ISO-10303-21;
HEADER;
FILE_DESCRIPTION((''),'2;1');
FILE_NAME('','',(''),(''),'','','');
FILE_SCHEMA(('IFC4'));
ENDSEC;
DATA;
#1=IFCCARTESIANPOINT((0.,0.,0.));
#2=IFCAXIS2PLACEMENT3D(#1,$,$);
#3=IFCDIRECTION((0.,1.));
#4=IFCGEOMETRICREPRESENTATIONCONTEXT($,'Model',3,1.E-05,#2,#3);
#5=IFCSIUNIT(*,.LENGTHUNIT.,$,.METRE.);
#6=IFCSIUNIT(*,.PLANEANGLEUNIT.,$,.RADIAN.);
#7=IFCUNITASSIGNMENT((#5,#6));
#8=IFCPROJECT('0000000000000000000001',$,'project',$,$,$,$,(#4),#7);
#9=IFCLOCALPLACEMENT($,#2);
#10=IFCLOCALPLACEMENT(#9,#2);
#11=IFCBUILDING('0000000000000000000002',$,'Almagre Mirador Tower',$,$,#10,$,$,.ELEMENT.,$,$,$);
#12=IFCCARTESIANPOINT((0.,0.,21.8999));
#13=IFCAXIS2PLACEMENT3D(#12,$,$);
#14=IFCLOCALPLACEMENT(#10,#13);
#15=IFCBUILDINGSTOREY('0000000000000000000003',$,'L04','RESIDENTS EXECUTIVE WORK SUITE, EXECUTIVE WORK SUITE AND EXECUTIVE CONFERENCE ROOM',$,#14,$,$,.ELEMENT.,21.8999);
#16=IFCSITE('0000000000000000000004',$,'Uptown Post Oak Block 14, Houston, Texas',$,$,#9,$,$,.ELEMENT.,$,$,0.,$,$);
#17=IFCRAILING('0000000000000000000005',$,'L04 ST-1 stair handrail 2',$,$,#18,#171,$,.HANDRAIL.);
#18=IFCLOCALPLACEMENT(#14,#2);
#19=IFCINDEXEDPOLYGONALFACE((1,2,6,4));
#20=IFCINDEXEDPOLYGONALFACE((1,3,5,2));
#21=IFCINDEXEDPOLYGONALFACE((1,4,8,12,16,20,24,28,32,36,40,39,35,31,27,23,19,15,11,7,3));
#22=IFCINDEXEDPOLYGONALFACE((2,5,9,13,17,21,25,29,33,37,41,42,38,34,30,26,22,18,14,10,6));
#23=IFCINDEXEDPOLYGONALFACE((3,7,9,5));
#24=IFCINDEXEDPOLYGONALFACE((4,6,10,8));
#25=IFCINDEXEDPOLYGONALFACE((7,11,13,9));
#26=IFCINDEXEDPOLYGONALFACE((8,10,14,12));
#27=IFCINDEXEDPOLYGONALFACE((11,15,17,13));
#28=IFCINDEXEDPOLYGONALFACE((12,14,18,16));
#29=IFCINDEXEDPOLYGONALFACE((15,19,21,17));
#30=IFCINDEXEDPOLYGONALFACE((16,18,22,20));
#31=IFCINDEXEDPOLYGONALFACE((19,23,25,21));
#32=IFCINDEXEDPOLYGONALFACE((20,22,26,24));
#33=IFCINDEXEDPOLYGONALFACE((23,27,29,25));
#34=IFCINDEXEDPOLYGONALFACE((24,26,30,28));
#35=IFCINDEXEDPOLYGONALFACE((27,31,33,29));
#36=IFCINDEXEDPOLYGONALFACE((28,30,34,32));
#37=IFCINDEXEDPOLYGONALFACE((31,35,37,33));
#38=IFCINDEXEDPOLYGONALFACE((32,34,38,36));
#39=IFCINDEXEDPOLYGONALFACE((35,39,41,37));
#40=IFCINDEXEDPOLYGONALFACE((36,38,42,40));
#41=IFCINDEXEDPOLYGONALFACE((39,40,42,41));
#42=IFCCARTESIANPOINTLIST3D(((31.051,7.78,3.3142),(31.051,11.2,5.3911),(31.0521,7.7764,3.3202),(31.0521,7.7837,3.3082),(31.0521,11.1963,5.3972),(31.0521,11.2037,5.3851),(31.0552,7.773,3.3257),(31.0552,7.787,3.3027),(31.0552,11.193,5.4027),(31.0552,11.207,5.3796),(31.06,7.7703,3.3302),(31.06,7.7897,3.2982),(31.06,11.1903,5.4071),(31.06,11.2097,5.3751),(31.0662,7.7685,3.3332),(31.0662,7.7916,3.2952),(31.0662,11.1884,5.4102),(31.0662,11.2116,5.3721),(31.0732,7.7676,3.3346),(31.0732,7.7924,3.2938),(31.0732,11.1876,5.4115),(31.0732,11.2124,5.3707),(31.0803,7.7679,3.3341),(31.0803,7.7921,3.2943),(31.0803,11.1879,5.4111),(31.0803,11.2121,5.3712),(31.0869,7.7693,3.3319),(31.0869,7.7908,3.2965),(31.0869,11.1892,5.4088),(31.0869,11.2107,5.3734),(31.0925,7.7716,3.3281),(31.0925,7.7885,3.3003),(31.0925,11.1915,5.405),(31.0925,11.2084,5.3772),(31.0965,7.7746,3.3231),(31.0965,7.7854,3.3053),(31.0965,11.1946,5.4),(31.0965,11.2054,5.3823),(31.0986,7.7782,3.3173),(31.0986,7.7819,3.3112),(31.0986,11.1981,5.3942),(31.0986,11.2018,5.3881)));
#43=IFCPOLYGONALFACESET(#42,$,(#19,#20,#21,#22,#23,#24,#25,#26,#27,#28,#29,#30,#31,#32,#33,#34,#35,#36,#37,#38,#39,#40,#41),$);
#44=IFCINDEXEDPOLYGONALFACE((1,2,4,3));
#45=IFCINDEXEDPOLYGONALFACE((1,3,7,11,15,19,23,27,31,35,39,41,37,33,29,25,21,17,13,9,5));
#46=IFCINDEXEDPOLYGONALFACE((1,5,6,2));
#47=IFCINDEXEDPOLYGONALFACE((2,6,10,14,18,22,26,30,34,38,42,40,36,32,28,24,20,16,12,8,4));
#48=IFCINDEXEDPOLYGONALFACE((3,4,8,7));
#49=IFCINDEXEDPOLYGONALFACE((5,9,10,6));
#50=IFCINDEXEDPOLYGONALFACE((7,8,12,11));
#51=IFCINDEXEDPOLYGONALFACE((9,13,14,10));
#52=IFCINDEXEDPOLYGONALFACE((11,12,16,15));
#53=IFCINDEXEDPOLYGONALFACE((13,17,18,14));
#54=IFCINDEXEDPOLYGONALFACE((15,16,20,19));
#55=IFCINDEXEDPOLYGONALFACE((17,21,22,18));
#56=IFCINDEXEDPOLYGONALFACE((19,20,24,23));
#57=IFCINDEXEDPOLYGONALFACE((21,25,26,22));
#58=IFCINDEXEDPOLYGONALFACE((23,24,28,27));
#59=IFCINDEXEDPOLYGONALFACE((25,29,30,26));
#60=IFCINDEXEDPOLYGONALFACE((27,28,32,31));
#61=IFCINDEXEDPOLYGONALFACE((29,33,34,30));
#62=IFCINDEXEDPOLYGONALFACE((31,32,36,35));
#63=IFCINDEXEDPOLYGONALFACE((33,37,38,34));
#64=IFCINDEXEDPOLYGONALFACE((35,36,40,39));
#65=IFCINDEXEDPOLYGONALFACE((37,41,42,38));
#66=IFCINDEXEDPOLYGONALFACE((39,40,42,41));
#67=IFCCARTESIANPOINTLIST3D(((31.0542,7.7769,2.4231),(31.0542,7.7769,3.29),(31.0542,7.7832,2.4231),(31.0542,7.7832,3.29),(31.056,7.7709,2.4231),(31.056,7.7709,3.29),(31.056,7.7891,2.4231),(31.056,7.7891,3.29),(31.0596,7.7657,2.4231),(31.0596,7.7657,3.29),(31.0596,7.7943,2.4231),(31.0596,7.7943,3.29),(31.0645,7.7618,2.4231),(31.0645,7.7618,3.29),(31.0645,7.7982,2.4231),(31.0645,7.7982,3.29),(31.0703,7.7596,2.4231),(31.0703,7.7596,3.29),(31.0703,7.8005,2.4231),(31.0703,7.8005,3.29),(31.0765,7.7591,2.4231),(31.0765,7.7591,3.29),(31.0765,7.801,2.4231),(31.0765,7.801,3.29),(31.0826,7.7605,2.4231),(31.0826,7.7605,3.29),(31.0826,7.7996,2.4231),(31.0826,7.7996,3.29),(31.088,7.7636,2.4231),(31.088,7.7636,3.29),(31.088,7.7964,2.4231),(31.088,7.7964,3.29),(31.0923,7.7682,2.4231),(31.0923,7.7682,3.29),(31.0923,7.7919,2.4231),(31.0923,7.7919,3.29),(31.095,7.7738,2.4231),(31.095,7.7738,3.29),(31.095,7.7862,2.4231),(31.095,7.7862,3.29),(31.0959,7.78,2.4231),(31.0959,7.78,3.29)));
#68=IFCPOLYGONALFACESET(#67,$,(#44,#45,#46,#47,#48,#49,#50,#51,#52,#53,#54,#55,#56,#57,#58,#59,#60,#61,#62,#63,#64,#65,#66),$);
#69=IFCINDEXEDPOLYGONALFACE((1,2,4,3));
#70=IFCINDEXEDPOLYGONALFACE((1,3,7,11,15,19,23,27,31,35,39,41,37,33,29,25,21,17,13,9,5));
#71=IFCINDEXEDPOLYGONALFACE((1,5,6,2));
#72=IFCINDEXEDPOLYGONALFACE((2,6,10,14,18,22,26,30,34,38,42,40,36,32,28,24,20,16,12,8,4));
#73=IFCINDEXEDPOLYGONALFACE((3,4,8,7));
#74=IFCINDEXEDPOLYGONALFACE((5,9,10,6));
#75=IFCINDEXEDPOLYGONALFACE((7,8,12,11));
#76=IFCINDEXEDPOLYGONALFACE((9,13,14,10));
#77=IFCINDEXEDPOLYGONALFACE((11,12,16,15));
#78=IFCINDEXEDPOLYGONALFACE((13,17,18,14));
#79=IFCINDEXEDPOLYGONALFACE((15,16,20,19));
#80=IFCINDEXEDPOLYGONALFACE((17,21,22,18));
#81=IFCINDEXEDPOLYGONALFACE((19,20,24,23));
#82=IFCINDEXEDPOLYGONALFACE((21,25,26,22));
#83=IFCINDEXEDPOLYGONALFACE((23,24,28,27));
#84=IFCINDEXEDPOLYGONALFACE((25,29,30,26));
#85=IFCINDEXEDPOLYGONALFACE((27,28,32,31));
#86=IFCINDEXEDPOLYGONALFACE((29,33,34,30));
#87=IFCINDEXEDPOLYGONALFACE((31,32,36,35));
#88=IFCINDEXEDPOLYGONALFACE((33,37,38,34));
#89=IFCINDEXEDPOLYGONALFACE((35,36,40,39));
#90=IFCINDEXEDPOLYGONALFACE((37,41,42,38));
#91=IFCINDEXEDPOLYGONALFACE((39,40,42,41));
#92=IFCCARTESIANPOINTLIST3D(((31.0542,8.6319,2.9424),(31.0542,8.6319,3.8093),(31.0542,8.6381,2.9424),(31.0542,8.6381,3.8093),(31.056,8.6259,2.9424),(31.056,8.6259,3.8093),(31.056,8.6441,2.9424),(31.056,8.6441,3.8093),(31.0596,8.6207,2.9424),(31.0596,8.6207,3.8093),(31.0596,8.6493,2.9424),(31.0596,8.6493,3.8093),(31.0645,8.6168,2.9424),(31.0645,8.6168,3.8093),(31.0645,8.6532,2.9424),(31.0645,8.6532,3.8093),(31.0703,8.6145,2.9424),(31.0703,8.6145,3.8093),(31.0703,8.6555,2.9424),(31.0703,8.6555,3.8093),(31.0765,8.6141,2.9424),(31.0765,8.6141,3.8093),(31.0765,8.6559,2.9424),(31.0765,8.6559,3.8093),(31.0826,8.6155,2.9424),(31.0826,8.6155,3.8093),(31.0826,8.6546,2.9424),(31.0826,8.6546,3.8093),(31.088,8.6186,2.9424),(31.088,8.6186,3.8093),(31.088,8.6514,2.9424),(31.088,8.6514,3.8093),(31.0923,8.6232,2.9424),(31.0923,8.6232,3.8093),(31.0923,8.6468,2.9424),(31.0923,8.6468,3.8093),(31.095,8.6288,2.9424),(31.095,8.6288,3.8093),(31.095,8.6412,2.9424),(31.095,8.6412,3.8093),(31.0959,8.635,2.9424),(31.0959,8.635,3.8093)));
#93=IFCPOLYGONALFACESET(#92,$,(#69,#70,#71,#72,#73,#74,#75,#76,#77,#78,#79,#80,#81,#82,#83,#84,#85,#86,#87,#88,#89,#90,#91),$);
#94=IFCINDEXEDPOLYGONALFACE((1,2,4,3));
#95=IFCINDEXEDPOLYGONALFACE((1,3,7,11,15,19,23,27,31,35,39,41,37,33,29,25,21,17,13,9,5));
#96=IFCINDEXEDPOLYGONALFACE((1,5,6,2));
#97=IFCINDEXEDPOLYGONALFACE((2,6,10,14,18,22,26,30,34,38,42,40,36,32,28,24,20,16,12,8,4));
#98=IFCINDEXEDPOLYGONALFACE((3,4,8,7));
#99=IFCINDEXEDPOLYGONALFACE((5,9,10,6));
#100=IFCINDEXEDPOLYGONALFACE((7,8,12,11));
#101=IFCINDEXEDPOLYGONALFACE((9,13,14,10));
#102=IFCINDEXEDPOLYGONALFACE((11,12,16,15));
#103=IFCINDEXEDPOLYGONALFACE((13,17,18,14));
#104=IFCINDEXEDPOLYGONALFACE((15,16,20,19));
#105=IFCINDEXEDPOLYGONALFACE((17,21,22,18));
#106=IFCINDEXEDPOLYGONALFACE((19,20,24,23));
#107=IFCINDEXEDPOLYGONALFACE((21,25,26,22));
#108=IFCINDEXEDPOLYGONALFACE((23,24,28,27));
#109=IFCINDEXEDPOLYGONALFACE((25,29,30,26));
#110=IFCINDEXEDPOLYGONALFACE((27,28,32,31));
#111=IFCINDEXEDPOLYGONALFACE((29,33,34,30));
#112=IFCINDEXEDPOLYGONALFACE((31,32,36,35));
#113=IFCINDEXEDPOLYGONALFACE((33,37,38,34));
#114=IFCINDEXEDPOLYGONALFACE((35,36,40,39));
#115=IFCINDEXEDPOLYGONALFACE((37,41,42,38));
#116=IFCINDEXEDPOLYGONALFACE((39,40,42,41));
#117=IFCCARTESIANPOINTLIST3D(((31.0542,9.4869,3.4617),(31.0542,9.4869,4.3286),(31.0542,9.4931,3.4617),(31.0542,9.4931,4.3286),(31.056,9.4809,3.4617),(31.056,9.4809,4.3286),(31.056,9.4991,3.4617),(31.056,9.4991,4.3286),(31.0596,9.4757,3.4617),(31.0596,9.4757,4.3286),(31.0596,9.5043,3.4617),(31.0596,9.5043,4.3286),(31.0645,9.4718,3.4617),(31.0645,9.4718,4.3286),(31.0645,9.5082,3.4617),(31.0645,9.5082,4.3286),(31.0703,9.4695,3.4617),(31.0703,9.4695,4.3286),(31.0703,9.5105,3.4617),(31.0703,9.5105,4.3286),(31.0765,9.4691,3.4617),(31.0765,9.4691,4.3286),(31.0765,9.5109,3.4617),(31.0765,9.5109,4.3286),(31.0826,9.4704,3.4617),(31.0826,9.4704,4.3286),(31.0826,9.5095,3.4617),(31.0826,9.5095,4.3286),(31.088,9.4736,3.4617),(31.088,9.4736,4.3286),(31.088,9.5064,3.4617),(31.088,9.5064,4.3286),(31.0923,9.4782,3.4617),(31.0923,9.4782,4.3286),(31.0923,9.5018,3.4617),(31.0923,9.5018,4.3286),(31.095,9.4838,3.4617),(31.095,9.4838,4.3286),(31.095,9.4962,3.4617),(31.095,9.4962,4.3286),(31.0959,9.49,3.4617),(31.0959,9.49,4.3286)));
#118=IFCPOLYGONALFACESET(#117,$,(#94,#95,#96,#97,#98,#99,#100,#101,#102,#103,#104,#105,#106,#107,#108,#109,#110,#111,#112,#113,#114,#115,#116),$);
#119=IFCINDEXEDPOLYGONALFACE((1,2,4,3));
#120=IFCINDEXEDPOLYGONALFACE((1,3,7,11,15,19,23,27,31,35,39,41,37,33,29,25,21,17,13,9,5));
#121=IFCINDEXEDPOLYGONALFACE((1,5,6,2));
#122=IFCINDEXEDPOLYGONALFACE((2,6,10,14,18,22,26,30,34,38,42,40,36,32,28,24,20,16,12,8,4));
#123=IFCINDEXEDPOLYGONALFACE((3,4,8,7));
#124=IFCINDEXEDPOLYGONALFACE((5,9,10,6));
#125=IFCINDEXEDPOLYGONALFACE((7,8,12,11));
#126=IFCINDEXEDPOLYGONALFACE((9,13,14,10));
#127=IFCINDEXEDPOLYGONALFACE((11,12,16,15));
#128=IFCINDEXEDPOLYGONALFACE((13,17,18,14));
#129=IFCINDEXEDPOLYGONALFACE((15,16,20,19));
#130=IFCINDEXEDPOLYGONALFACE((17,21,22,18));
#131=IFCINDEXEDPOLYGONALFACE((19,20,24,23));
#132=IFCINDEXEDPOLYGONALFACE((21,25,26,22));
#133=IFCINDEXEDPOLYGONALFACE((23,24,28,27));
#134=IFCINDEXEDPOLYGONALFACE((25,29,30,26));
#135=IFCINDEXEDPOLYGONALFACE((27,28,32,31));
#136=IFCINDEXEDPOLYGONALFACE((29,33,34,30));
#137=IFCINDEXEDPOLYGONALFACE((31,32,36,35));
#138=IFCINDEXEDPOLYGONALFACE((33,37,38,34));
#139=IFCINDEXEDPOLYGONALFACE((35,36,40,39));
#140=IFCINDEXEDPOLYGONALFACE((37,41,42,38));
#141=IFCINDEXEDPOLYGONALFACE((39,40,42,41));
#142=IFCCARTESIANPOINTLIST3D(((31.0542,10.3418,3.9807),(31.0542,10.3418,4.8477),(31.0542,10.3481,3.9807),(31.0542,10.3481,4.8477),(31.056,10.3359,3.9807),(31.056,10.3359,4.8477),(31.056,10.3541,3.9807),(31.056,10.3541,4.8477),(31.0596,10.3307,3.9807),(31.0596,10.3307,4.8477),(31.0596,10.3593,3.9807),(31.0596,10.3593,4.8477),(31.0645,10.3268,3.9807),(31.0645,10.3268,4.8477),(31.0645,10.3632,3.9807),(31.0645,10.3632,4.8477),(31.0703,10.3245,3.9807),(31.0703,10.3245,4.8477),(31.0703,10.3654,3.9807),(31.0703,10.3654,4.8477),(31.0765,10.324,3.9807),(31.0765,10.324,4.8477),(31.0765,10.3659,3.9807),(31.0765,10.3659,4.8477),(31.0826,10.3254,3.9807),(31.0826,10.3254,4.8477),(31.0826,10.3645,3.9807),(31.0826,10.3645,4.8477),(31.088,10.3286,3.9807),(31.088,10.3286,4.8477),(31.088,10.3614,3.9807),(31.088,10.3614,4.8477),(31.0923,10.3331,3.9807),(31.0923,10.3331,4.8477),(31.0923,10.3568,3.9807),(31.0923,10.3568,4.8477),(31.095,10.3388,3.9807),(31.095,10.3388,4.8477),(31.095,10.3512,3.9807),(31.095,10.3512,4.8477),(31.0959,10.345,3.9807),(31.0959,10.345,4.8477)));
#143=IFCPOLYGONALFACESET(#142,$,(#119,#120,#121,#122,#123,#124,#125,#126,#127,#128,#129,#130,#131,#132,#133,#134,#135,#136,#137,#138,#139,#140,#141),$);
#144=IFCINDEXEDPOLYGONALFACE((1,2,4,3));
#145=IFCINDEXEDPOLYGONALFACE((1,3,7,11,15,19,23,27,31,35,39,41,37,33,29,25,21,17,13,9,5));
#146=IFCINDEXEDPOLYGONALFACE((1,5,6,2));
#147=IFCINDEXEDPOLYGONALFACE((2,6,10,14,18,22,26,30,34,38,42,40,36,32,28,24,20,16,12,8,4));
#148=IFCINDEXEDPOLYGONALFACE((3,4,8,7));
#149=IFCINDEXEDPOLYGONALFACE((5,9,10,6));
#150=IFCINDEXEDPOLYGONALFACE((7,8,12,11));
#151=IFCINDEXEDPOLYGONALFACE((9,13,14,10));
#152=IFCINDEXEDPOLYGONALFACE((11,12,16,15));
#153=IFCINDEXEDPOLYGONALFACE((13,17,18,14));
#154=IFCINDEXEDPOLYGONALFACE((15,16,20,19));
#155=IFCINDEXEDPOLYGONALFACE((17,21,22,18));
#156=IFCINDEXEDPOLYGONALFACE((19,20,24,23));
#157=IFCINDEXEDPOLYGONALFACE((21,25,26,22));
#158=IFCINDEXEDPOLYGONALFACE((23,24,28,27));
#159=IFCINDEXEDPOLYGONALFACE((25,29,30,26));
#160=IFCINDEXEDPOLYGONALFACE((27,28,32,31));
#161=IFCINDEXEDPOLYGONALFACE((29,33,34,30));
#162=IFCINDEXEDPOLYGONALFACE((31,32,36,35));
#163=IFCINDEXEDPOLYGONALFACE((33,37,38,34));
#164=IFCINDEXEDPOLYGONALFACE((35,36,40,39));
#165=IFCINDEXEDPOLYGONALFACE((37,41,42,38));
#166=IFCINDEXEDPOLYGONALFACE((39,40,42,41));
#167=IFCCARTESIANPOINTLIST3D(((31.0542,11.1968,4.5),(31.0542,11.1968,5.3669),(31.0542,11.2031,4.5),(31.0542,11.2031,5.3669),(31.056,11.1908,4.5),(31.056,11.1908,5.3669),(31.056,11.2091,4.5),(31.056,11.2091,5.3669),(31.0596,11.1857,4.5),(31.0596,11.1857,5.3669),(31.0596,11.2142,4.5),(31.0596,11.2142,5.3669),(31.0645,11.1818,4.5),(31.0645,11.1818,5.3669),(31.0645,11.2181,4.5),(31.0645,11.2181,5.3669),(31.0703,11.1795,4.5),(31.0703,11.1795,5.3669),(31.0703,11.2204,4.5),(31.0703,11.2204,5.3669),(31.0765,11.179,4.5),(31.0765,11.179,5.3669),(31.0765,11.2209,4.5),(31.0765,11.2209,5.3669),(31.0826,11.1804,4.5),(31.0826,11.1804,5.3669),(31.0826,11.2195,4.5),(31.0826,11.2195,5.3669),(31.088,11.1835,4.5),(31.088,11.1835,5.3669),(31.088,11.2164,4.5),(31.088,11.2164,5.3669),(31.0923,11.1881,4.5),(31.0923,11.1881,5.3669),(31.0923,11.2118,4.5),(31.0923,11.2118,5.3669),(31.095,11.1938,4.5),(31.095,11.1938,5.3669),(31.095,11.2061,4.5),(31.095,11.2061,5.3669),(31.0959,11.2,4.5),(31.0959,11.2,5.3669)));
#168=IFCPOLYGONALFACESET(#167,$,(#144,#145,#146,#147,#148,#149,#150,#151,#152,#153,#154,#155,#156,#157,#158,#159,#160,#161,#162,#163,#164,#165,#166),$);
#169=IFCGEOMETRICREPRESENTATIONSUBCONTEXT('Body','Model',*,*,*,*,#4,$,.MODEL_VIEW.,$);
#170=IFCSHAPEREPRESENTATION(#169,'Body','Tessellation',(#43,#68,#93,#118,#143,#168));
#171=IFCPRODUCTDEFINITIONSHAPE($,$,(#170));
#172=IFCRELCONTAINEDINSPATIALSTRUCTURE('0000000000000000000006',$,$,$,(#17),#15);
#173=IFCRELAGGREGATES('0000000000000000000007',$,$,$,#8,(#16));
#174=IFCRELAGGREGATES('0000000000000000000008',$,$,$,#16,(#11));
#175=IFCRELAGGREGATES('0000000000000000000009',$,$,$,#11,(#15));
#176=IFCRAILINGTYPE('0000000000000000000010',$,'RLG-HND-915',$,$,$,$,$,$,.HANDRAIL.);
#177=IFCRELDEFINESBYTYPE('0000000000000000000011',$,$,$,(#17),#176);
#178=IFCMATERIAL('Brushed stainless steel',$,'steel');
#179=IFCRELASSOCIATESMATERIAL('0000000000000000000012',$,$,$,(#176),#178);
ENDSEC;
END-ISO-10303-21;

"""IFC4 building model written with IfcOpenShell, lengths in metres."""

from ifc_helpers import new_model, si_unit, direction, frame, origin, origin_2d, place, context, subcontext, project, spatial, circle, extrude, material, type_object, element, save


model = new_model("IFC4")

# Units and contexts
model_context = context("Model", 3, precision=1e-05, world=origin(), true_north=direction((0.0, 1.0)))
body_context = subcontext(model_context, "Body", "Model", "MODEL_VIEW")
ifc_project = project(units=[si_unit("LENGTHUNIT", "METRE"), si_unit("PLANEANGLEUNIT", "RADIAN")], contexts=[model_context])

# Site, building, storey
site_placement = place(None, origin())
site = spatial("IfcSite", under=ifc_project, at=site_placement, Name="Uptown Post Oak Block 14, Houston, Texas", CompositionType="ELEMENT", RefElevation=0.0)
building_placement = place(site_placement, origin())
building = spatial("IfcBuilding", under=site, at=building_placement, Name="Almagre Mirador Tower", CompositionType="ELEMENT")
storey_placement = place(building_placement, frame((0.0, 0.0, 21.8999)))
storey = spatial("IfcBuildingStorey", under=building, at=storey_placement, Name="L04", Description="RESIDENTS EXECUTIVE WORK SUITE, EXECUTIVE WORK SUITE AND EXECUTIVE CONFERENCE ROOM", CompositionType="ELEMENT", Elevation=21.8999)

# Railing
ifc_material_1 = material(Name="Brushed stainless steel", Category="steel")
railing_type_1 = type_object("IfcRailingType", Name="RLG-HND-915", PredefinedType="HANDRAIL", material=ifc_material_1)
railing_1_placement = place(storey_placement, frame((31.075, 7.78, 2.4231)))
element("IfcRailing", 1, at=railing_1_placement, inside=storey, type_object=railing_type_1, Name="L04 ST-1 stair handrail 2", PredefinedType="HANDRAIL", context=body_context, shape_type="SweptSolid", body=[
    extrude(circle(Radius=0.0239, at=origin_2d()), frame((0.0, 0.0, 0.8911), z_axis=(0.0, 0.85473, 0.519074), x_axis=(-1.0, 0.0, 0.0)), (0.0, 0.0, 1.0), 4.0012),
    extrude(circle(Radius=0.021, at=origin_2d()), origin(), (0.0, 0.0, 1.0), 0.8669),
    extrude(circle(Radius=0.021, at=origin_2d()), frame((0.0, 0.855, 0.5193)), (0.0, 0.0, 1.0), 0.8669),
    extrude(circle(Radius=0.021, at=origin_2d()), frame((0.0, 1.71, 1.0386)), (0.0, 0.0, 1.0), 0.8669),
    extrude(circle(Radius=0.021, at=origin_2d()), frame((0.0, 2.5649, 1.5576)), (0.0, 0.0, 1.0), 0.8669),
    extrude(circle(Radius=0.021, at=origin_2d()), frame((0.0, 3.4199, 2.0769)), (0.0, 0.0, 1.0), 0.8669),
])

save(model, "model.ifc")
